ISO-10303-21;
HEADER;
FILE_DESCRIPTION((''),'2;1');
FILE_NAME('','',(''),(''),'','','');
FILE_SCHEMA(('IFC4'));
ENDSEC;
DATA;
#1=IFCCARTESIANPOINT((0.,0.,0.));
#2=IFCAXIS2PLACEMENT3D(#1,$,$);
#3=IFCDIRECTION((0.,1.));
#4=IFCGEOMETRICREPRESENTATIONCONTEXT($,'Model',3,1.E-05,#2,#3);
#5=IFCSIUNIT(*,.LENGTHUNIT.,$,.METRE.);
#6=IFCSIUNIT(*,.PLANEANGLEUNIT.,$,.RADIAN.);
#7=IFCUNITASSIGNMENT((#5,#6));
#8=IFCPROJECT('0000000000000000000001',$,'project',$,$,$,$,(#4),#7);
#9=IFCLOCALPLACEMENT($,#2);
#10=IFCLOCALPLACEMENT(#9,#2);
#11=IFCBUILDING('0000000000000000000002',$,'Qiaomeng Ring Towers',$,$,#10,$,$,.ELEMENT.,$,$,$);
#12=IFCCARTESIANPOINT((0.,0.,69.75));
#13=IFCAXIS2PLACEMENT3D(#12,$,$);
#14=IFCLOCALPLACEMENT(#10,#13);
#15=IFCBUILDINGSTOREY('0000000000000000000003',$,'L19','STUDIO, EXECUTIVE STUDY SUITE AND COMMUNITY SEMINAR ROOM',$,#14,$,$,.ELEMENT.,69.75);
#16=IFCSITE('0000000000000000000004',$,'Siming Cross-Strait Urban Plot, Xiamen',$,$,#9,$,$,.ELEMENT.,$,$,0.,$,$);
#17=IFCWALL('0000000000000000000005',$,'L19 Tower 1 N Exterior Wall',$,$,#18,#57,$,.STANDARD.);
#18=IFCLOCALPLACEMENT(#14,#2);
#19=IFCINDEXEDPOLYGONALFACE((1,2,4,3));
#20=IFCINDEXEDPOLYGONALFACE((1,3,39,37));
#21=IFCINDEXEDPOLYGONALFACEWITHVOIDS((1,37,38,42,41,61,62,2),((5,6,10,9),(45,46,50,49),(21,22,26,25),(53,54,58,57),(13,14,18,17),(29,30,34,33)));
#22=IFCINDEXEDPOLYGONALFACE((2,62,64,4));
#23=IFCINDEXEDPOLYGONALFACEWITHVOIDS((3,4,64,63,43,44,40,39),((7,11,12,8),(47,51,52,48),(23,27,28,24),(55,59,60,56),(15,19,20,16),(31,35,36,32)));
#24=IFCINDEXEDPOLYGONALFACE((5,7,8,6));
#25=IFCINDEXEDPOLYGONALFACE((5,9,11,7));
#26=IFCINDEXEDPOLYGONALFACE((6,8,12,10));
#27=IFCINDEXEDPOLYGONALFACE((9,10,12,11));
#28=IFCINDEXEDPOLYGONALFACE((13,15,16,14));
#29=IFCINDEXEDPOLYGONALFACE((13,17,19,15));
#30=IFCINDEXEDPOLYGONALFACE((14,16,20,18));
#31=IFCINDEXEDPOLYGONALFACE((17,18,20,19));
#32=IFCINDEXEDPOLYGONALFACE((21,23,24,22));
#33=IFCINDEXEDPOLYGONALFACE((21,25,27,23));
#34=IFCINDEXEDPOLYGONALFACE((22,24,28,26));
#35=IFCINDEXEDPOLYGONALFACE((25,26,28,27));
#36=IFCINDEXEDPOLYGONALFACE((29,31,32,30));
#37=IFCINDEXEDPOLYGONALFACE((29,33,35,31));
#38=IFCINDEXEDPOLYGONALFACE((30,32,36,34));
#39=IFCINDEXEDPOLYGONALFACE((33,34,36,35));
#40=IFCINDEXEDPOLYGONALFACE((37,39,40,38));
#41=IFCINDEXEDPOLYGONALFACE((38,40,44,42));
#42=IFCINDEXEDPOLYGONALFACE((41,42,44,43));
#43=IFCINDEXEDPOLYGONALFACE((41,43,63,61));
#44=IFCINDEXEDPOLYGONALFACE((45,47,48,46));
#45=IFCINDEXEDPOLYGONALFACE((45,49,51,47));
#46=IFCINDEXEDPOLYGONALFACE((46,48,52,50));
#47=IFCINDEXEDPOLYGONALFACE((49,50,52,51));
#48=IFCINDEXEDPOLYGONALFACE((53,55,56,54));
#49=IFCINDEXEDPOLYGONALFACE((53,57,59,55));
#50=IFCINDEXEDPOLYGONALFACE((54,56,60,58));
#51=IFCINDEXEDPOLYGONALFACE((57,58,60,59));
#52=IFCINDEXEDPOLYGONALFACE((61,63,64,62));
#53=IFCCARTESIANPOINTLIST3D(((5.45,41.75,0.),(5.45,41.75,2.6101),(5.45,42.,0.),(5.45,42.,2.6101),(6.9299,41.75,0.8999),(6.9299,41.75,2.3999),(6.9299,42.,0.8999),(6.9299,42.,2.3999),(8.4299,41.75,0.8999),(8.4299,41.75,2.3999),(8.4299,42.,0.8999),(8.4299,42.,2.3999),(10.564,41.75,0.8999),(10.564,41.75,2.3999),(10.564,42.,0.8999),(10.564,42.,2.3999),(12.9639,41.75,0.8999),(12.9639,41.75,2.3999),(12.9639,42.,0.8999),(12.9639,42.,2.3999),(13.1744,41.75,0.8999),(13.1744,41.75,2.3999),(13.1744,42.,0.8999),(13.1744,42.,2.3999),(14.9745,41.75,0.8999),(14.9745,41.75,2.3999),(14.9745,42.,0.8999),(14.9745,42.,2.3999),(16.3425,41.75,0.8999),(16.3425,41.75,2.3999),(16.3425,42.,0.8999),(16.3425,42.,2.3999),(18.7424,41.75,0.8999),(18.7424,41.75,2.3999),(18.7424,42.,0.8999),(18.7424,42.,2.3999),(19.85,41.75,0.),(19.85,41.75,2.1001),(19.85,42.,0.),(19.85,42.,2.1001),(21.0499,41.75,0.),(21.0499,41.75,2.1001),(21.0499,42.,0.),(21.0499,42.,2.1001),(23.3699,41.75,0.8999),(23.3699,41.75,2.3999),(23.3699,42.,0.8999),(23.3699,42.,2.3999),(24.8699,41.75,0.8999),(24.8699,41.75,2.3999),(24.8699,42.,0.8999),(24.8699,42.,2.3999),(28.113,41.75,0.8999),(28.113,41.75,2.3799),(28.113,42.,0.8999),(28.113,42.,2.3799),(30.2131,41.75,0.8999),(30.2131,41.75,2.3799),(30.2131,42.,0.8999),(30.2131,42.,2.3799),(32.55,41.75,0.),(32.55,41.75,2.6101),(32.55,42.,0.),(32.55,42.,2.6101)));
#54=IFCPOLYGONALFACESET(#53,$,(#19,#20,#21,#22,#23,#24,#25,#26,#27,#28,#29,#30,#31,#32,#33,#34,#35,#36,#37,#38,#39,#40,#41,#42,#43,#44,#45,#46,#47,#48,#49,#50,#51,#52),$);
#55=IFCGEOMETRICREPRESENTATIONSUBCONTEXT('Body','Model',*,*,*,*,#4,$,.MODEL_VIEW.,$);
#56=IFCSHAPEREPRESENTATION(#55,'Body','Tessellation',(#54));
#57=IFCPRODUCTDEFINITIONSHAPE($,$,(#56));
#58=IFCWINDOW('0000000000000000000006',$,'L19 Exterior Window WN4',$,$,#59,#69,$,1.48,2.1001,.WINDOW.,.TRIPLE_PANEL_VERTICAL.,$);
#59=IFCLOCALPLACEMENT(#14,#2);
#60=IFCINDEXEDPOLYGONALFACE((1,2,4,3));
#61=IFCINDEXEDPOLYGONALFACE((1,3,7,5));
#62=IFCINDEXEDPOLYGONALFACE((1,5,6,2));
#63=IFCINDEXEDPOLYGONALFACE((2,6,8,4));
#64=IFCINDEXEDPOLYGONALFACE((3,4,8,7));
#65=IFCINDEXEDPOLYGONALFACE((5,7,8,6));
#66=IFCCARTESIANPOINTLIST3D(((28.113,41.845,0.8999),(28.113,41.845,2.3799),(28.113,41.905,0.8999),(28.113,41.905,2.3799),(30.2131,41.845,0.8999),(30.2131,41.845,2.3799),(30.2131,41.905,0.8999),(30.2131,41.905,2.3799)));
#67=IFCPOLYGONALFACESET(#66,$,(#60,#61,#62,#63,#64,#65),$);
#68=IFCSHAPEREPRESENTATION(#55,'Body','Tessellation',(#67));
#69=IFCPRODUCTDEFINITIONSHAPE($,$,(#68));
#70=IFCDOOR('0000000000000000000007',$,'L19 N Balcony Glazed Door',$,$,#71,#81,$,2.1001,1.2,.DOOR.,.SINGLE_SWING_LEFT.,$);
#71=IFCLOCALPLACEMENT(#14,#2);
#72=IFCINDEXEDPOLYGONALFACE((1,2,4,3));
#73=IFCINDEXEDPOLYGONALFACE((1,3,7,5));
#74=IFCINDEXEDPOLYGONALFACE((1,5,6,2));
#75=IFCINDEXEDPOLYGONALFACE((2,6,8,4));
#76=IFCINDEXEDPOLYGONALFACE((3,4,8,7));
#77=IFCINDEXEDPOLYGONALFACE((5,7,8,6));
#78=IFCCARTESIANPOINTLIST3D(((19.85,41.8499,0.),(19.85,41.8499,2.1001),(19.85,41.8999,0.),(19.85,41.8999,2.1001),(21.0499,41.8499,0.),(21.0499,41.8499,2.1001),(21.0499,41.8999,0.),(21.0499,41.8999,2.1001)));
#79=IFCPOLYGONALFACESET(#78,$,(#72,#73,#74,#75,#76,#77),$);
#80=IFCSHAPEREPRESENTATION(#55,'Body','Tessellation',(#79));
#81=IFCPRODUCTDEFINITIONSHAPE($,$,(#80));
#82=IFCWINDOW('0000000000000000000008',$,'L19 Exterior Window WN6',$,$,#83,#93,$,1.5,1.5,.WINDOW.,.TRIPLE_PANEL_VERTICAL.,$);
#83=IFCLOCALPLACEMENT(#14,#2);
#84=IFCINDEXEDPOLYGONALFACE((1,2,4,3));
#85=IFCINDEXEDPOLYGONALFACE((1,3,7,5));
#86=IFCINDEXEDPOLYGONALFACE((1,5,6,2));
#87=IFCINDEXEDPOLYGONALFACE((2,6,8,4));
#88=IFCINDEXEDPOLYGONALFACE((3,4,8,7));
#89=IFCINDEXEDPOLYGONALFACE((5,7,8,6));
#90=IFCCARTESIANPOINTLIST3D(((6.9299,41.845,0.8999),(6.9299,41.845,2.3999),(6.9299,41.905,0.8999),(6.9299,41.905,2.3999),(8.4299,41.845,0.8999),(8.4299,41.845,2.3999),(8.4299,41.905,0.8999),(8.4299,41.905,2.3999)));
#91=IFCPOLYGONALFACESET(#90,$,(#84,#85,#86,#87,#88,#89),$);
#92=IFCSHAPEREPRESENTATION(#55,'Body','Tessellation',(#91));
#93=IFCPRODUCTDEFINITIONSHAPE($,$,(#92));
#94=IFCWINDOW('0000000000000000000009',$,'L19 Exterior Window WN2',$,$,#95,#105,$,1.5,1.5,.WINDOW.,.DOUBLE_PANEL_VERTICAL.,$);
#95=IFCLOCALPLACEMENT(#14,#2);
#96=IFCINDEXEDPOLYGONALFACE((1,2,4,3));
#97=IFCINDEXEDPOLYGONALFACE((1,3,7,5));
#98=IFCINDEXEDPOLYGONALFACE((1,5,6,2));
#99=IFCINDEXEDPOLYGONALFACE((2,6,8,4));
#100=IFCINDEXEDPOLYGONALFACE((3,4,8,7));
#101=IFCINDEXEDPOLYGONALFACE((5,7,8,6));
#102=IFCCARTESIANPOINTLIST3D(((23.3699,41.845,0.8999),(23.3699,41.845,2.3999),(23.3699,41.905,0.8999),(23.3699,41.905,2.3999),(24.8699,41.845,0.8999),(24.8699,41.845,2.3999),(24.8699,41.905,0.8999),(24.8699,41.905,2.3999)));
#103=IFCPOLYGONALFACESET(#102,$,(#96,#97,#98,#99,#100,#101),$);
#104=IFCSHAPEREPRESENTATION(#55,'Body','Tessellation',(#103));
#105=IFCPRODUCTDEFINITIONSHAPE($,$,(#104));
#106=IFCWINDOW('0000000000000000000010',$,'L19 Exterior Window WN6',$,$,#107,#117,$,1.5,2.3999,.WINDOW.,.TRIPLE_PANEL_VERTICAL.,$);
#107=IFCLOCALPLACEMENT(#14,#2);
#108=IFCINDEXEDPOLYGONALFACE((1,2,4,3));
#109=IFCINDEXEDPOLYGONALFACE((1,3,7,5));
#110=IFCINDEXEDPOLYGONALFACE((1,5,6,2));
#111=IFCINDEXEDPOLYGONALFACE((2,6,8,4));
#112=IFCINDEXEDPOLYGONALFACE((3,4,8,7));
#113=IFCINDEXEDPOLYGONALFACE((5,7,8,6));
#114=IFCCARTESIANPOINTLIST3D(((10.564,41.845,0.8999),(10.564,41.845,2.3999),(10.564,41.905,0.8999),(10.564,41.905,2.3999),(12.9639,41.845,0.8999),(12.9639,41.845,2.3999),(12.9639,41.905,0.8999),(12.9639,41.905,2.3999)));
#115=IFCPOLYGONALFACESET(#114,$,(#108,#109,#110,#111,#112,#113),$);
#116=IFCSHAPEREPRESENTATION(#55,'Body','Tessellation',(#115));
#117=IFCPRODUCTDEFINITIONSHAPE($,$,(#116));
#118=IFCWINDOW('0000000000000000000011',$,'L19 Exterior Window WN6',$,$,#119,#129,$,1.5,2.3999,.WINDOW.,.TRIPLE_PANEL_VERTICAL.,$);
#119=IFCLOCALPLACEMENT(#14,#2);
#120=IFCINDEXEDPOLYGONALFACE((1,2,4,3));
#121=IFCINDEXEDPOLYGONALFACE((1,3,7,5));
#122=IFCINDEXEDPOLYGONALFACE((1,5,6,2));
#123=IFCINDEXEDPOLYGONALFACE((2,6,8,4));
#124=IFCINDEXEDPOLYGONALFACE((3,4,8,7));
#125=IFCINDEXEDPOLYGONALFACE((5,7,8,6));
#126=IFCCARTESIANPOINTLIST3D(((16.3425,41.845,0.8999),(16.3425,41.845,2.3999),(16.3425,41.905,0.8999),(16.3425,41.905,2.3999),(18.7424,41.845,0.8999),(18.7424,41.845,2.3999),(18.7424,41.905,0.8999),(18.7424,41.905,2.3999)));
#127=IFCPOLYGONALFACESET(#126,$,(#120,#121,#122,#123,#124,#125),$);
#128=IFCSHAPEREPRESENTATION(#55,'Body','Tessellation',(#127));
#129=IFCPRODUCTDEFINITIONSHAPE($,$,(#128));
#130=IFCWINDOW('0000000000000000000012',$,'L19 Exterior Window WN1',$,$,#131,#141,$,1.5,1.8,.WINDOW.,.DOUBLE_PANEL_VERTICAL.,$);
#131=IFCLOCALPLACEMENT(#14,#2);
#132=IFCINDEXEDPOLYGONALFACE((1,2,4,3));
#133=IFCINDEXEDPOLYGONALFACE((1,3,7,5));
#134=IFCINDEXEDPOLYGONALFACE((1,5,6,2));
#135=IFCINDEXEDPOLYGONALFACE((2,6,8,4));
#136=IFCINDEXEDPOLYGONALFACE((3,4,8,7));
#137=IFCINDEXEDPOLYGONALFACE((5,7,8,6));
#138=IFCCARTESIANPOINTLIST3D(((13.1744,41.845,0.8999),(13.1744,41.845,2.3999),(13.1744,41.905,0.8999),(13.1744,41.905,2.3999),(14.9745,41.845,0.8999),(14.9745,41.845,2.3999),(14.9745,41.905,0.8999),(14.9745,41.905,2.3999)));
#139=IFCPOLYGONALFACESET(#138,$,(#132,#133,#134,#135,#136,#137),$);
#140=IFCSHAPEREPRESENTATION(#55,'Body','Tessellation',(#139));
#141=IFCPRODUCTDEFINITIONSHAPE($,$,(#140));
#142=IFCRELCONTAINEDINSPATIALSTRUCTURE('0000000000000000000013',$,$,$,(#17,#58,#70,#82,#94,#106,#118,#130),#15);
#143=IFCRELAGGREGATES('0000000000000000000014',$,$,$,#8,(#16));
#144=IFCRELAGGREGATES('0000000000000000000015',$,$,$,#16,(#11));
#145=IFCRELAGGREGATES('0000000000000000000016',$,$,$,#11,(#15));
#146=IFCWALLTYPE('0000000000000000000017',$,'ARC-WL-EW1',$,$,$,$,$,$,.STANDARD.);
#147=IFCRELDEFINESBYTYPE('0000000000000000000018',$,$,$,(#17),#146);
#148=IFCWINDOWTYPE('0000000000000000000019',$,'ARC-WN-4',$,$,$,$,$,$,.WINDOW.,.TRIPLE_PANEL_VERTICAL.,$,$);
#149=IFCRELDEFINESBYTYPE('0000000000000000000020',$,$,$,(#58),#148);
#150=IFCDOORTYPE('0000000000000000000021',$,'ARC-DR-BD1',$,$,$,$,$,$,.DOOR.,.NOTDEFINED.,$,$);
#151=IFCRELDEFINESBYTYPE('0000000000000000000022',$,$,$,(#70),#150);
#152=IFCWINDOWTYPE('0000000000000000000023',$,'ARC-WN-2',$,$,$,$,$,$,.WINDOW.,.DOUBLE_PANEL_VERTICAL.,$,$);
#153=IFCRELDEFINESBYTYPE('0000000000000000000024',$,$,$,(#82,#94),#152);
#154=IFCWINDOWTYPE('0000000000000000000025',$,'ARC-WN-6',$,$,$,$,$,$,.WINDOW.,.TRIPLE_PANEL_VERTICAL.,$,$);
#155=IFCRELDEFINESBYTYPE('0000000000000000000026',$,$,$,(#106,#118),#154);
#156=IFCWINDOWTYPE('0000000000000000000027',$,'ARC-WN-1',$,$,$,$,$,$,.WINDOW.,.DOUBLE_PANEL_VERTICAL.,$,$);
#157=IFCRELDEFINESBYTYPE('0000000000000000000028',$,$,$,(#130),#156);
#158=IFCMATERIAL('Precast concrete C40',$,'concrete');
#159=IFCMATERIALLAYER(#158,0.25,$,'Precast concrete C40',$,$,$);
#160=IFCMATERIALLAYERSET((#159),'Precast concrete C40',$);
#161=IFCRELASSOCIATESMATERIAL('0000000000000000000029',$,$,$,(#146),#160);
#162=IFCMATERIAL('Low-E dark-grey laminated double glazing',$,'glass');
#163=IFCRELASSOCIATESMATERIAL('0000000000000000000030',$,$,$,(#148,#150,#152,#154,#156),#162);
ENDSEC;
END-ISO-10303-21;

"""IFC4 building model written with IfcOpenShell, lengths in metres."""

from ifc_helpers import new_model, si_unit, direction, frame, frame_2d, origin, place, context, subcontext, project, spatial, rectangle, extrude, source, transform, mapped, material, layer, layer_set, type_object, element, fill, save


model = new_model("IFC4")

# Units and contexts
model_context = context("Model", 3, precision=1e-05, world=origin(), true_north=direction((0.0, 1.0)))
body_context = subcontext(model_context, "Body", "Model", "MODEL_VIEW")
ifc_project = project(units=[si_unit("LENGTHUNIT", "METRE"), si_unit("PLANEANGLEUNIT", "RADIAN")], contexts=[model_context])

# Site, building, storey
site_placement = place(None, origin())
site = spatial("IfcSite", under=ifc_project, at=site_placement, Name="Siming Cross-Strait Urban Plot, Xiamen", CompositionType="ELEMENT", RefElevation=0.0)
building_placement = place(site_placement, origin())
building = spatial("IfcBuilding", under=site, at=building_placement, Name="Qiaomeng Ring Towers", CompositionType="ELEMENT")
storey_placement = place(building_placement, frame((0.0, 0.0, 69.75)))
storey = spatial("IfcBuildingStorey", under=building, at=storey_placement, Name="L19", Description="STUDIO, EXECUTIVE STUDY SUITE AND COMMUNITY SEMINAR ROOM", CompositionType="ELEMENT", Elevation=69.75)

# Shared definitions
ifc_material_1 = material(Name="Low-E dark-grey laminated double glazing", Category="glass")

# Wall, openings, windows, door
ifc_material_2 = material(Name="Precast concrete C40", Category="concrete")
ifc_layer_1 = layer(ifc_material_2, 0.25, Name="Precast concrete C40")
ifc_layer_set_1 = layer_set([ifc_layer_1], Name="Precast concrete C40")
wall_type_1 = type_object("IfcWallType", Name="ARC-WL-EW1", PredefinedType="STANDARD", material=ifc_layer_set_1)
wall_1_placement = place(storey_placement, frame((5.45, 41.875, 0.0), z_axis=(0.0, 0.0, 1.0), x_axis=(1.0, 0.0, 0.0)))
wall_1 = element("IfcWall", 1, at=wall_1_placement, inside=storey, type_object=wall_type_1, Name="L19 Tower 1 N Exterior Wall", PredefinedType="STANDARD", context=body_context, shape_type="SweptSolid", body=[
    extrude(rectangle(XDim=27.1001, YDim=0.25, at=frame_2d((13.55, 0.0))), origin(), (0.0, 0.0, 1.0), 2.6101),
])
opening_1_placement = place(wall_1_placement, frame((14.3999, 0.0, 0.0)))
opening_1 = element("IfcOpeningElement", 2, at=opening_1_placement, cuts=wall_1, PredefinedType="OPENING", context=body_context, shape_type="SweptSolid", body=[
    extrude(rectangle(XDim=1.2, YDim=2.1001, at=frame_2d((0.6001, 1.05))), frame((0.0, 0.135, 0.0), z_axis=(0.0, -1.0, 0.0), x_axis=(1.0, 0.0, 0.0)), (0.0, 0.0, 1.0), 0.27),
])
opening_2_placement = place(wall_1_placement, frame((1.48, 0.0, 0.8999)))
opening_2 = element("IfcOpeningElement", 3, at=opening_2_placement, cuts=wall_1, PredefinedType="OPENING", context=body_context, shape_type="SweptSolid", body=[
    extrude(rectangle(XDim=1.5, YDim=1.5, at=frame_2d((0.75, 0.75))), frame((0.0, 0.135, 0.0), z_axis=(0.0, -1.0, 0.0), x_axis=(1.0, 0.0, 0.0)), (0.0, 0.0, 1.0), 0.27),
])
opening_3_placement = place(wall_1_placement, frame((7.7246, 0.0, 0.8999)))
opening_3 = element("IfcOpeningElement", 4, at=opening_3_placement, cuts=wall_1, PredefinedType="OPENING", context=body_context, shape_type="SweptSolid", body=[
    extrude(rectangle(XDim=1.8, YDim=1.5, at=frame_2d((0.8999, 0.75))), frame((0.0, 0.135, 0.0), z_axis=(0.0, -1.0, 0.0), x_axis=(1.0, 0.0, 0.0)), (0.0, 0.0, 1.0), 0.27),
])
opening_4_placement = place(wall_1_placement, frame((17.9199, 0.0, 0.8999)))
opening_4 = element("IfcOpeningElement", 5, at=opening_4_placement, cuts=wall_1, PredefinedType="OPENING", context=body_context, shape_type="SweptSolid", body=[
    extrude(rectangle(XDim=1.5, YDim=1.5, at=frame_2d((0.75, 0.75))), frame((0.0, 0.135, 0.0), z_axis=(0.0, -1.0, 0.0), x_axis=(1.0, 0.0, 0.0)), (0.0, 0.0, 1.0), 0.27),
])
opening_5_placement = place(wall_1_placement, frame((22.6631, 0.0, 0.8999)))
opening_5 = element("IfcOpeningElement", 6, at=opening_5_placement, cuts=wall_1, PredefinedType="OPENING", context=body_context, shape_type="SweptSolid", body=[
    extrude(rectangle(XDim=2.1001, YDim=1.48, at=frame_2d((1.05, 0.74))), frame((0.0, 0.135, 0.0), z_axis=(0.0, -1.0, 0.0), x_axis=(1.0, 0.0, 0.0)), (0.0, 0.0, 1.0), 0.27),
])
opening_6_placement = place(wall_1_placement, frame((5.114, 0.0, 0.8999)))
opening_6 = element("IfcOpeningElement", 7, at=opening_6_placement, cuts=wall_1, PredefinedType="OPENING", context=body_context, shape_type="SweptSolid", body=[
    extrude(rectangle(XDim=2.3999, YDim=1.5, at=frame_2d((1.2, 0.75))), frame((0.0, 0.135, 0.0), z_axis=(0.0, -1.0, 0.0), x_axis=(1.0, 0.0, 0.0)), (0.0, 0.0, 1.0), 0.27),
])
opening_7_placement = place(wall_1_placement, frame((10.8926, 0.0, 0.8999)))
opening_7 = element("IfcOpeningElement", 8, at=opening_7_placement, cuts=wall_1, PredefinedType="OPENING", context=body_context, shape_type="SweptSolid", body=[
    extrude(rectangle(XDim=2.3999, YDim=1.5, at=frame_2d((1.2, 0.75))), frame((0.0, 0.135, 0.0), z_axis=(0.0, -1.0, 0.0), x_axis=(1.0, 0.0, 0.0)), (0.0, 0.0, 1.0), 0.27),
])
window_type_1 = type_object("IfcWindowType", Name="ARC-WN-4", PartitioningType="TRIPLE_PANEL_VERTICAL", PredefinedType="WINDOW", material=ifc_material_1)
shared_shape_1 = source(origin(), body_context, "Body", "SweptSolid", [
    extrude(rectangle(XDim=2.1001, YDim=1.48, at=frame_2d((1.05, 0.74))), frame((0.0, 0.03, 0.0), z_axis=(0.0, -1.0, 0.0), x_axis=(1.0, 0.0, 0.0)), (0.0, 0.0, 1.0), 0.0601),
])
window_1_placement = place(opening_5_placement, origin())
window_1 = element("IfcWindow", 9, at=window_1_placement, inside=storey, type_object=window_type_1, Name="L19 Exterior Window WN4", OverallHeight=1.48, OverallWidth=2.1001, PartitioningType="TRIPLE_PANEL_VERTICAL", PredefinedType="WINDOW", context=body_context, shape_type="MappedRepresentation", body=[
    mapped(shared_shape_1, transform((0.0, 0.0, 0.0), x_axis=(1.0, 0.0, 0.0), y_axis=(0.0, 1.0, 0.0), z_axis=(0.0, 0.0, 1.0), scale=1.0)),
])
fill(opening_5, window_1)
door_type = type_object("IfcDoorType", Name="ARC-DR-BD1", OperationType="NOTDEFINED", PredefinedType="DOOR", material=ifc_material_1)
shared_shape_2 = source(origin(), body_context, "Body", "SweptSolid", [
    extrude(rectangle(XDim=1.2, YDim=2.1001, at=frame_2d((0.6001, 1.05))), frame((0.0, 0.0249, 0.0), z_axis=(0.0, -1.0, 0.0), x_axis=(1.0, 0.0, 0.0)), (0.0, 0.0, 1.0), 0.05),
])
door_placement = place(opening_1_placement, origin())
door = element("IfcDoor", 10, at=door_placement, inside=storey, type_object=door_type, Name="L19 N Balcony Glazed Door", OperationType="SINGLE_SWING_LEFT", OverallHeight=2.1001, OverallWidth=1.2, PredefinedType="DOOR", context=body_context, shape_type="MappedRepresentation", body=[
    mapped(shared_shape_2, transform((0.0, 0.0, 0.0), x_axis=(1.0, 0.0, 0.0), y_axis=(0.0, 1.0, 0.0), z_axis=(0.0, 0.0, 1.0), scale=1.0)),
])
fill(opening_1, door)
window_type_2 = type_object("IfcWindowType", Name="ARC-WN-2", PartitioningType="DOUBLE_PANEL_VERTICAL", PredefinedType="WINDOW", material=ifc_material_1)
shared_shape_3 = source(origin(), body_context, "Body", "SweptSolid", [
    extrude(rectangle(XDim=1.5, YDim=1.5, at=frame_2d((0.75, 0.75))), frame((0.0, 0.03, 0.0), z_axis=(0.0, -1.0, 0.0), x_axis=(1.0, 0.0, 0.0)), (0.0, 0.0, 1.0), 0.0601),
])
window_2_placement = place(opening_2_placement, origin())
window_2 = element("IfcWindow", 11, at=window_2_placement, inside=storey, type_object=window_type_2, Name="L19 Exterior Window WN6", OverallHeight=1.5, OverallWidth=1.5, PartitioningType="TRIPLE_PANEL_VERTICAL", PredefinedType="WINDOW", context=body_context, shape_type="MappedRepresentation", body=[
    mapped(shared_shape_3, transform((0.0, 0.0, 0.0), x_axis=(1.0, 0.0, 0.0), y_axis=(0.0, 1.0, 0.0), z_axis=(0.0, 0.0, 1.0), scale=1.0)),
])
fill(opening_2, window_2)
window_3_placement = place(opening_4_placement, origin())
window_3 = element("IfcWindow", 12, at=window_3_placement, inside=storey, type_object=window_type_2, Name="L19 Exterior Window WN2", OverallHeight=1.5, OverallWidth=1.5, PartitioningType="DOUBLE_PANEL_VERTICAL", PredefinedType="WINDOW", context=body_context, shape_type="MappedRepresentation", body=[
    mapped(shared_shape_3, transform((0.0, 0.0, 0.0), x_axis=(1.0, 0.0, 0.0), y_axis=(0.0, 1.0, 0.0), z_axis=(0.0, 0.0, 1.0), scale=1.0)),
])
fill(opening_4, window_3)
window_type_3 = type_object("IfcWindowType", Name="ARC-WN-6", PartitioningType="TRIPLE_PANEL_VERTICAL", PredefinedType="WINDOW", material=ifc_material_1)
shared_shape_4 = source(origin(), body_context, "Body", "SweptSolid", [
    extrude(rectangle(XDim=2.3999, YDim=1.5, at=frame_2d((1.2, 0.75))), frame((0.0, 0.03, 0.0), z_axis=(0.0, -1.0, 0.0), x_axis=(1.0, 0.0, 0.0)), (0.0, 0.0, 1.0), 0.0601),
])
window_4_placement = place(opening_6_placement, origin())
window_4 = element("IfcWindow", 13, at=window_4_placement, inside=storey, type_object=window_type_3, Name="L19 Exterior Window WN6", OverallHeight=1.5, OverallWidth=2.3999, PartitioningType="TRIPLE_PANEL_VERTICAL", PredefinedType="WINDOW", context=body_context, shape_type="MappedRepresentation", body=[
    mapped(shared_shape_4, transform((0.0, 0.0, 0.0), x_axis=(1.0, 0.0, 0.0), y_axis=(0.0, 1.0, 0.0), z_axis=(0.0, 0.0, 1.0), scale=1.0)),
])
fill(opening_6, window_4)
window_5_placement = place(opening_7_placement, origin())
window_5 = element("IfcWindow", 14, at=window_5_placement, inside=storey, type_object=window_type_3, Name="L19 Exterior Window WN6", OverallHeight=1.5, OverallWidth=2.3999, PartitioningType="TRIPLE_PANEL_VERTICAL", PredefinedType="WINDOW", context=body_context, shape_type="MappedRepresentation", body=[
    mapped(shared_shape_4, transform((0.0, 0.0, 0.0), x_axis=(1.0, 0.0, 0.0), y_axis=(0.0, 1.0, 0.0), z_axis=(0.0, 0.0, 1.0), scale=1.0)),
])
fill(opening_7, window_5)
window_type_4 = type_object("IfcWindowType", Name="ARC-WN-1", PartitioningType="DOUBLE_PANEL_VERTICAL", PredefinedType="WINDOW", material=ifc_material_1)
shared_shape_5 = source(origin(), body_context, "Body", "SweptSolid", [
    extrude(rectangle(XDim=1.8, YDim=1.5, at=frame_2d((0.8999, 0.75))), frame((0.0, 0.03, 0.0), z_axis=(0.0, -1.0, 0.0), x_axis=(1.0, 0.0, 0.0)), (0.0, 0.0, 1.0), 0.0601),
])
window_6_placement = place(opening_3_placement, origin())
window_6 = element("IfcWindow", 15, at=window_6_placement, inside=storey, type_object=window_type_4, Name="L19 Exterior Window WN1", OverallHeight=1.5, OverallWidth=1.8, PartitioningType="DOUBLE_PANEL_VERTICAL", PredefinedType="WINDOW", context=body_context, shape_type="MappedRepresentation", body=[
    mapped(shared_shape_5, transform((0.0, 0.0, 0.0), x_axis=(1.0, 0.0, 0.0), y_axis=(0.0, 1.0, 0.0), z_axis=(0.0, 0.0, 1.0), scale=1.0)),
])
fill(opening_3, window_6)

save(model, "model.ifc")
